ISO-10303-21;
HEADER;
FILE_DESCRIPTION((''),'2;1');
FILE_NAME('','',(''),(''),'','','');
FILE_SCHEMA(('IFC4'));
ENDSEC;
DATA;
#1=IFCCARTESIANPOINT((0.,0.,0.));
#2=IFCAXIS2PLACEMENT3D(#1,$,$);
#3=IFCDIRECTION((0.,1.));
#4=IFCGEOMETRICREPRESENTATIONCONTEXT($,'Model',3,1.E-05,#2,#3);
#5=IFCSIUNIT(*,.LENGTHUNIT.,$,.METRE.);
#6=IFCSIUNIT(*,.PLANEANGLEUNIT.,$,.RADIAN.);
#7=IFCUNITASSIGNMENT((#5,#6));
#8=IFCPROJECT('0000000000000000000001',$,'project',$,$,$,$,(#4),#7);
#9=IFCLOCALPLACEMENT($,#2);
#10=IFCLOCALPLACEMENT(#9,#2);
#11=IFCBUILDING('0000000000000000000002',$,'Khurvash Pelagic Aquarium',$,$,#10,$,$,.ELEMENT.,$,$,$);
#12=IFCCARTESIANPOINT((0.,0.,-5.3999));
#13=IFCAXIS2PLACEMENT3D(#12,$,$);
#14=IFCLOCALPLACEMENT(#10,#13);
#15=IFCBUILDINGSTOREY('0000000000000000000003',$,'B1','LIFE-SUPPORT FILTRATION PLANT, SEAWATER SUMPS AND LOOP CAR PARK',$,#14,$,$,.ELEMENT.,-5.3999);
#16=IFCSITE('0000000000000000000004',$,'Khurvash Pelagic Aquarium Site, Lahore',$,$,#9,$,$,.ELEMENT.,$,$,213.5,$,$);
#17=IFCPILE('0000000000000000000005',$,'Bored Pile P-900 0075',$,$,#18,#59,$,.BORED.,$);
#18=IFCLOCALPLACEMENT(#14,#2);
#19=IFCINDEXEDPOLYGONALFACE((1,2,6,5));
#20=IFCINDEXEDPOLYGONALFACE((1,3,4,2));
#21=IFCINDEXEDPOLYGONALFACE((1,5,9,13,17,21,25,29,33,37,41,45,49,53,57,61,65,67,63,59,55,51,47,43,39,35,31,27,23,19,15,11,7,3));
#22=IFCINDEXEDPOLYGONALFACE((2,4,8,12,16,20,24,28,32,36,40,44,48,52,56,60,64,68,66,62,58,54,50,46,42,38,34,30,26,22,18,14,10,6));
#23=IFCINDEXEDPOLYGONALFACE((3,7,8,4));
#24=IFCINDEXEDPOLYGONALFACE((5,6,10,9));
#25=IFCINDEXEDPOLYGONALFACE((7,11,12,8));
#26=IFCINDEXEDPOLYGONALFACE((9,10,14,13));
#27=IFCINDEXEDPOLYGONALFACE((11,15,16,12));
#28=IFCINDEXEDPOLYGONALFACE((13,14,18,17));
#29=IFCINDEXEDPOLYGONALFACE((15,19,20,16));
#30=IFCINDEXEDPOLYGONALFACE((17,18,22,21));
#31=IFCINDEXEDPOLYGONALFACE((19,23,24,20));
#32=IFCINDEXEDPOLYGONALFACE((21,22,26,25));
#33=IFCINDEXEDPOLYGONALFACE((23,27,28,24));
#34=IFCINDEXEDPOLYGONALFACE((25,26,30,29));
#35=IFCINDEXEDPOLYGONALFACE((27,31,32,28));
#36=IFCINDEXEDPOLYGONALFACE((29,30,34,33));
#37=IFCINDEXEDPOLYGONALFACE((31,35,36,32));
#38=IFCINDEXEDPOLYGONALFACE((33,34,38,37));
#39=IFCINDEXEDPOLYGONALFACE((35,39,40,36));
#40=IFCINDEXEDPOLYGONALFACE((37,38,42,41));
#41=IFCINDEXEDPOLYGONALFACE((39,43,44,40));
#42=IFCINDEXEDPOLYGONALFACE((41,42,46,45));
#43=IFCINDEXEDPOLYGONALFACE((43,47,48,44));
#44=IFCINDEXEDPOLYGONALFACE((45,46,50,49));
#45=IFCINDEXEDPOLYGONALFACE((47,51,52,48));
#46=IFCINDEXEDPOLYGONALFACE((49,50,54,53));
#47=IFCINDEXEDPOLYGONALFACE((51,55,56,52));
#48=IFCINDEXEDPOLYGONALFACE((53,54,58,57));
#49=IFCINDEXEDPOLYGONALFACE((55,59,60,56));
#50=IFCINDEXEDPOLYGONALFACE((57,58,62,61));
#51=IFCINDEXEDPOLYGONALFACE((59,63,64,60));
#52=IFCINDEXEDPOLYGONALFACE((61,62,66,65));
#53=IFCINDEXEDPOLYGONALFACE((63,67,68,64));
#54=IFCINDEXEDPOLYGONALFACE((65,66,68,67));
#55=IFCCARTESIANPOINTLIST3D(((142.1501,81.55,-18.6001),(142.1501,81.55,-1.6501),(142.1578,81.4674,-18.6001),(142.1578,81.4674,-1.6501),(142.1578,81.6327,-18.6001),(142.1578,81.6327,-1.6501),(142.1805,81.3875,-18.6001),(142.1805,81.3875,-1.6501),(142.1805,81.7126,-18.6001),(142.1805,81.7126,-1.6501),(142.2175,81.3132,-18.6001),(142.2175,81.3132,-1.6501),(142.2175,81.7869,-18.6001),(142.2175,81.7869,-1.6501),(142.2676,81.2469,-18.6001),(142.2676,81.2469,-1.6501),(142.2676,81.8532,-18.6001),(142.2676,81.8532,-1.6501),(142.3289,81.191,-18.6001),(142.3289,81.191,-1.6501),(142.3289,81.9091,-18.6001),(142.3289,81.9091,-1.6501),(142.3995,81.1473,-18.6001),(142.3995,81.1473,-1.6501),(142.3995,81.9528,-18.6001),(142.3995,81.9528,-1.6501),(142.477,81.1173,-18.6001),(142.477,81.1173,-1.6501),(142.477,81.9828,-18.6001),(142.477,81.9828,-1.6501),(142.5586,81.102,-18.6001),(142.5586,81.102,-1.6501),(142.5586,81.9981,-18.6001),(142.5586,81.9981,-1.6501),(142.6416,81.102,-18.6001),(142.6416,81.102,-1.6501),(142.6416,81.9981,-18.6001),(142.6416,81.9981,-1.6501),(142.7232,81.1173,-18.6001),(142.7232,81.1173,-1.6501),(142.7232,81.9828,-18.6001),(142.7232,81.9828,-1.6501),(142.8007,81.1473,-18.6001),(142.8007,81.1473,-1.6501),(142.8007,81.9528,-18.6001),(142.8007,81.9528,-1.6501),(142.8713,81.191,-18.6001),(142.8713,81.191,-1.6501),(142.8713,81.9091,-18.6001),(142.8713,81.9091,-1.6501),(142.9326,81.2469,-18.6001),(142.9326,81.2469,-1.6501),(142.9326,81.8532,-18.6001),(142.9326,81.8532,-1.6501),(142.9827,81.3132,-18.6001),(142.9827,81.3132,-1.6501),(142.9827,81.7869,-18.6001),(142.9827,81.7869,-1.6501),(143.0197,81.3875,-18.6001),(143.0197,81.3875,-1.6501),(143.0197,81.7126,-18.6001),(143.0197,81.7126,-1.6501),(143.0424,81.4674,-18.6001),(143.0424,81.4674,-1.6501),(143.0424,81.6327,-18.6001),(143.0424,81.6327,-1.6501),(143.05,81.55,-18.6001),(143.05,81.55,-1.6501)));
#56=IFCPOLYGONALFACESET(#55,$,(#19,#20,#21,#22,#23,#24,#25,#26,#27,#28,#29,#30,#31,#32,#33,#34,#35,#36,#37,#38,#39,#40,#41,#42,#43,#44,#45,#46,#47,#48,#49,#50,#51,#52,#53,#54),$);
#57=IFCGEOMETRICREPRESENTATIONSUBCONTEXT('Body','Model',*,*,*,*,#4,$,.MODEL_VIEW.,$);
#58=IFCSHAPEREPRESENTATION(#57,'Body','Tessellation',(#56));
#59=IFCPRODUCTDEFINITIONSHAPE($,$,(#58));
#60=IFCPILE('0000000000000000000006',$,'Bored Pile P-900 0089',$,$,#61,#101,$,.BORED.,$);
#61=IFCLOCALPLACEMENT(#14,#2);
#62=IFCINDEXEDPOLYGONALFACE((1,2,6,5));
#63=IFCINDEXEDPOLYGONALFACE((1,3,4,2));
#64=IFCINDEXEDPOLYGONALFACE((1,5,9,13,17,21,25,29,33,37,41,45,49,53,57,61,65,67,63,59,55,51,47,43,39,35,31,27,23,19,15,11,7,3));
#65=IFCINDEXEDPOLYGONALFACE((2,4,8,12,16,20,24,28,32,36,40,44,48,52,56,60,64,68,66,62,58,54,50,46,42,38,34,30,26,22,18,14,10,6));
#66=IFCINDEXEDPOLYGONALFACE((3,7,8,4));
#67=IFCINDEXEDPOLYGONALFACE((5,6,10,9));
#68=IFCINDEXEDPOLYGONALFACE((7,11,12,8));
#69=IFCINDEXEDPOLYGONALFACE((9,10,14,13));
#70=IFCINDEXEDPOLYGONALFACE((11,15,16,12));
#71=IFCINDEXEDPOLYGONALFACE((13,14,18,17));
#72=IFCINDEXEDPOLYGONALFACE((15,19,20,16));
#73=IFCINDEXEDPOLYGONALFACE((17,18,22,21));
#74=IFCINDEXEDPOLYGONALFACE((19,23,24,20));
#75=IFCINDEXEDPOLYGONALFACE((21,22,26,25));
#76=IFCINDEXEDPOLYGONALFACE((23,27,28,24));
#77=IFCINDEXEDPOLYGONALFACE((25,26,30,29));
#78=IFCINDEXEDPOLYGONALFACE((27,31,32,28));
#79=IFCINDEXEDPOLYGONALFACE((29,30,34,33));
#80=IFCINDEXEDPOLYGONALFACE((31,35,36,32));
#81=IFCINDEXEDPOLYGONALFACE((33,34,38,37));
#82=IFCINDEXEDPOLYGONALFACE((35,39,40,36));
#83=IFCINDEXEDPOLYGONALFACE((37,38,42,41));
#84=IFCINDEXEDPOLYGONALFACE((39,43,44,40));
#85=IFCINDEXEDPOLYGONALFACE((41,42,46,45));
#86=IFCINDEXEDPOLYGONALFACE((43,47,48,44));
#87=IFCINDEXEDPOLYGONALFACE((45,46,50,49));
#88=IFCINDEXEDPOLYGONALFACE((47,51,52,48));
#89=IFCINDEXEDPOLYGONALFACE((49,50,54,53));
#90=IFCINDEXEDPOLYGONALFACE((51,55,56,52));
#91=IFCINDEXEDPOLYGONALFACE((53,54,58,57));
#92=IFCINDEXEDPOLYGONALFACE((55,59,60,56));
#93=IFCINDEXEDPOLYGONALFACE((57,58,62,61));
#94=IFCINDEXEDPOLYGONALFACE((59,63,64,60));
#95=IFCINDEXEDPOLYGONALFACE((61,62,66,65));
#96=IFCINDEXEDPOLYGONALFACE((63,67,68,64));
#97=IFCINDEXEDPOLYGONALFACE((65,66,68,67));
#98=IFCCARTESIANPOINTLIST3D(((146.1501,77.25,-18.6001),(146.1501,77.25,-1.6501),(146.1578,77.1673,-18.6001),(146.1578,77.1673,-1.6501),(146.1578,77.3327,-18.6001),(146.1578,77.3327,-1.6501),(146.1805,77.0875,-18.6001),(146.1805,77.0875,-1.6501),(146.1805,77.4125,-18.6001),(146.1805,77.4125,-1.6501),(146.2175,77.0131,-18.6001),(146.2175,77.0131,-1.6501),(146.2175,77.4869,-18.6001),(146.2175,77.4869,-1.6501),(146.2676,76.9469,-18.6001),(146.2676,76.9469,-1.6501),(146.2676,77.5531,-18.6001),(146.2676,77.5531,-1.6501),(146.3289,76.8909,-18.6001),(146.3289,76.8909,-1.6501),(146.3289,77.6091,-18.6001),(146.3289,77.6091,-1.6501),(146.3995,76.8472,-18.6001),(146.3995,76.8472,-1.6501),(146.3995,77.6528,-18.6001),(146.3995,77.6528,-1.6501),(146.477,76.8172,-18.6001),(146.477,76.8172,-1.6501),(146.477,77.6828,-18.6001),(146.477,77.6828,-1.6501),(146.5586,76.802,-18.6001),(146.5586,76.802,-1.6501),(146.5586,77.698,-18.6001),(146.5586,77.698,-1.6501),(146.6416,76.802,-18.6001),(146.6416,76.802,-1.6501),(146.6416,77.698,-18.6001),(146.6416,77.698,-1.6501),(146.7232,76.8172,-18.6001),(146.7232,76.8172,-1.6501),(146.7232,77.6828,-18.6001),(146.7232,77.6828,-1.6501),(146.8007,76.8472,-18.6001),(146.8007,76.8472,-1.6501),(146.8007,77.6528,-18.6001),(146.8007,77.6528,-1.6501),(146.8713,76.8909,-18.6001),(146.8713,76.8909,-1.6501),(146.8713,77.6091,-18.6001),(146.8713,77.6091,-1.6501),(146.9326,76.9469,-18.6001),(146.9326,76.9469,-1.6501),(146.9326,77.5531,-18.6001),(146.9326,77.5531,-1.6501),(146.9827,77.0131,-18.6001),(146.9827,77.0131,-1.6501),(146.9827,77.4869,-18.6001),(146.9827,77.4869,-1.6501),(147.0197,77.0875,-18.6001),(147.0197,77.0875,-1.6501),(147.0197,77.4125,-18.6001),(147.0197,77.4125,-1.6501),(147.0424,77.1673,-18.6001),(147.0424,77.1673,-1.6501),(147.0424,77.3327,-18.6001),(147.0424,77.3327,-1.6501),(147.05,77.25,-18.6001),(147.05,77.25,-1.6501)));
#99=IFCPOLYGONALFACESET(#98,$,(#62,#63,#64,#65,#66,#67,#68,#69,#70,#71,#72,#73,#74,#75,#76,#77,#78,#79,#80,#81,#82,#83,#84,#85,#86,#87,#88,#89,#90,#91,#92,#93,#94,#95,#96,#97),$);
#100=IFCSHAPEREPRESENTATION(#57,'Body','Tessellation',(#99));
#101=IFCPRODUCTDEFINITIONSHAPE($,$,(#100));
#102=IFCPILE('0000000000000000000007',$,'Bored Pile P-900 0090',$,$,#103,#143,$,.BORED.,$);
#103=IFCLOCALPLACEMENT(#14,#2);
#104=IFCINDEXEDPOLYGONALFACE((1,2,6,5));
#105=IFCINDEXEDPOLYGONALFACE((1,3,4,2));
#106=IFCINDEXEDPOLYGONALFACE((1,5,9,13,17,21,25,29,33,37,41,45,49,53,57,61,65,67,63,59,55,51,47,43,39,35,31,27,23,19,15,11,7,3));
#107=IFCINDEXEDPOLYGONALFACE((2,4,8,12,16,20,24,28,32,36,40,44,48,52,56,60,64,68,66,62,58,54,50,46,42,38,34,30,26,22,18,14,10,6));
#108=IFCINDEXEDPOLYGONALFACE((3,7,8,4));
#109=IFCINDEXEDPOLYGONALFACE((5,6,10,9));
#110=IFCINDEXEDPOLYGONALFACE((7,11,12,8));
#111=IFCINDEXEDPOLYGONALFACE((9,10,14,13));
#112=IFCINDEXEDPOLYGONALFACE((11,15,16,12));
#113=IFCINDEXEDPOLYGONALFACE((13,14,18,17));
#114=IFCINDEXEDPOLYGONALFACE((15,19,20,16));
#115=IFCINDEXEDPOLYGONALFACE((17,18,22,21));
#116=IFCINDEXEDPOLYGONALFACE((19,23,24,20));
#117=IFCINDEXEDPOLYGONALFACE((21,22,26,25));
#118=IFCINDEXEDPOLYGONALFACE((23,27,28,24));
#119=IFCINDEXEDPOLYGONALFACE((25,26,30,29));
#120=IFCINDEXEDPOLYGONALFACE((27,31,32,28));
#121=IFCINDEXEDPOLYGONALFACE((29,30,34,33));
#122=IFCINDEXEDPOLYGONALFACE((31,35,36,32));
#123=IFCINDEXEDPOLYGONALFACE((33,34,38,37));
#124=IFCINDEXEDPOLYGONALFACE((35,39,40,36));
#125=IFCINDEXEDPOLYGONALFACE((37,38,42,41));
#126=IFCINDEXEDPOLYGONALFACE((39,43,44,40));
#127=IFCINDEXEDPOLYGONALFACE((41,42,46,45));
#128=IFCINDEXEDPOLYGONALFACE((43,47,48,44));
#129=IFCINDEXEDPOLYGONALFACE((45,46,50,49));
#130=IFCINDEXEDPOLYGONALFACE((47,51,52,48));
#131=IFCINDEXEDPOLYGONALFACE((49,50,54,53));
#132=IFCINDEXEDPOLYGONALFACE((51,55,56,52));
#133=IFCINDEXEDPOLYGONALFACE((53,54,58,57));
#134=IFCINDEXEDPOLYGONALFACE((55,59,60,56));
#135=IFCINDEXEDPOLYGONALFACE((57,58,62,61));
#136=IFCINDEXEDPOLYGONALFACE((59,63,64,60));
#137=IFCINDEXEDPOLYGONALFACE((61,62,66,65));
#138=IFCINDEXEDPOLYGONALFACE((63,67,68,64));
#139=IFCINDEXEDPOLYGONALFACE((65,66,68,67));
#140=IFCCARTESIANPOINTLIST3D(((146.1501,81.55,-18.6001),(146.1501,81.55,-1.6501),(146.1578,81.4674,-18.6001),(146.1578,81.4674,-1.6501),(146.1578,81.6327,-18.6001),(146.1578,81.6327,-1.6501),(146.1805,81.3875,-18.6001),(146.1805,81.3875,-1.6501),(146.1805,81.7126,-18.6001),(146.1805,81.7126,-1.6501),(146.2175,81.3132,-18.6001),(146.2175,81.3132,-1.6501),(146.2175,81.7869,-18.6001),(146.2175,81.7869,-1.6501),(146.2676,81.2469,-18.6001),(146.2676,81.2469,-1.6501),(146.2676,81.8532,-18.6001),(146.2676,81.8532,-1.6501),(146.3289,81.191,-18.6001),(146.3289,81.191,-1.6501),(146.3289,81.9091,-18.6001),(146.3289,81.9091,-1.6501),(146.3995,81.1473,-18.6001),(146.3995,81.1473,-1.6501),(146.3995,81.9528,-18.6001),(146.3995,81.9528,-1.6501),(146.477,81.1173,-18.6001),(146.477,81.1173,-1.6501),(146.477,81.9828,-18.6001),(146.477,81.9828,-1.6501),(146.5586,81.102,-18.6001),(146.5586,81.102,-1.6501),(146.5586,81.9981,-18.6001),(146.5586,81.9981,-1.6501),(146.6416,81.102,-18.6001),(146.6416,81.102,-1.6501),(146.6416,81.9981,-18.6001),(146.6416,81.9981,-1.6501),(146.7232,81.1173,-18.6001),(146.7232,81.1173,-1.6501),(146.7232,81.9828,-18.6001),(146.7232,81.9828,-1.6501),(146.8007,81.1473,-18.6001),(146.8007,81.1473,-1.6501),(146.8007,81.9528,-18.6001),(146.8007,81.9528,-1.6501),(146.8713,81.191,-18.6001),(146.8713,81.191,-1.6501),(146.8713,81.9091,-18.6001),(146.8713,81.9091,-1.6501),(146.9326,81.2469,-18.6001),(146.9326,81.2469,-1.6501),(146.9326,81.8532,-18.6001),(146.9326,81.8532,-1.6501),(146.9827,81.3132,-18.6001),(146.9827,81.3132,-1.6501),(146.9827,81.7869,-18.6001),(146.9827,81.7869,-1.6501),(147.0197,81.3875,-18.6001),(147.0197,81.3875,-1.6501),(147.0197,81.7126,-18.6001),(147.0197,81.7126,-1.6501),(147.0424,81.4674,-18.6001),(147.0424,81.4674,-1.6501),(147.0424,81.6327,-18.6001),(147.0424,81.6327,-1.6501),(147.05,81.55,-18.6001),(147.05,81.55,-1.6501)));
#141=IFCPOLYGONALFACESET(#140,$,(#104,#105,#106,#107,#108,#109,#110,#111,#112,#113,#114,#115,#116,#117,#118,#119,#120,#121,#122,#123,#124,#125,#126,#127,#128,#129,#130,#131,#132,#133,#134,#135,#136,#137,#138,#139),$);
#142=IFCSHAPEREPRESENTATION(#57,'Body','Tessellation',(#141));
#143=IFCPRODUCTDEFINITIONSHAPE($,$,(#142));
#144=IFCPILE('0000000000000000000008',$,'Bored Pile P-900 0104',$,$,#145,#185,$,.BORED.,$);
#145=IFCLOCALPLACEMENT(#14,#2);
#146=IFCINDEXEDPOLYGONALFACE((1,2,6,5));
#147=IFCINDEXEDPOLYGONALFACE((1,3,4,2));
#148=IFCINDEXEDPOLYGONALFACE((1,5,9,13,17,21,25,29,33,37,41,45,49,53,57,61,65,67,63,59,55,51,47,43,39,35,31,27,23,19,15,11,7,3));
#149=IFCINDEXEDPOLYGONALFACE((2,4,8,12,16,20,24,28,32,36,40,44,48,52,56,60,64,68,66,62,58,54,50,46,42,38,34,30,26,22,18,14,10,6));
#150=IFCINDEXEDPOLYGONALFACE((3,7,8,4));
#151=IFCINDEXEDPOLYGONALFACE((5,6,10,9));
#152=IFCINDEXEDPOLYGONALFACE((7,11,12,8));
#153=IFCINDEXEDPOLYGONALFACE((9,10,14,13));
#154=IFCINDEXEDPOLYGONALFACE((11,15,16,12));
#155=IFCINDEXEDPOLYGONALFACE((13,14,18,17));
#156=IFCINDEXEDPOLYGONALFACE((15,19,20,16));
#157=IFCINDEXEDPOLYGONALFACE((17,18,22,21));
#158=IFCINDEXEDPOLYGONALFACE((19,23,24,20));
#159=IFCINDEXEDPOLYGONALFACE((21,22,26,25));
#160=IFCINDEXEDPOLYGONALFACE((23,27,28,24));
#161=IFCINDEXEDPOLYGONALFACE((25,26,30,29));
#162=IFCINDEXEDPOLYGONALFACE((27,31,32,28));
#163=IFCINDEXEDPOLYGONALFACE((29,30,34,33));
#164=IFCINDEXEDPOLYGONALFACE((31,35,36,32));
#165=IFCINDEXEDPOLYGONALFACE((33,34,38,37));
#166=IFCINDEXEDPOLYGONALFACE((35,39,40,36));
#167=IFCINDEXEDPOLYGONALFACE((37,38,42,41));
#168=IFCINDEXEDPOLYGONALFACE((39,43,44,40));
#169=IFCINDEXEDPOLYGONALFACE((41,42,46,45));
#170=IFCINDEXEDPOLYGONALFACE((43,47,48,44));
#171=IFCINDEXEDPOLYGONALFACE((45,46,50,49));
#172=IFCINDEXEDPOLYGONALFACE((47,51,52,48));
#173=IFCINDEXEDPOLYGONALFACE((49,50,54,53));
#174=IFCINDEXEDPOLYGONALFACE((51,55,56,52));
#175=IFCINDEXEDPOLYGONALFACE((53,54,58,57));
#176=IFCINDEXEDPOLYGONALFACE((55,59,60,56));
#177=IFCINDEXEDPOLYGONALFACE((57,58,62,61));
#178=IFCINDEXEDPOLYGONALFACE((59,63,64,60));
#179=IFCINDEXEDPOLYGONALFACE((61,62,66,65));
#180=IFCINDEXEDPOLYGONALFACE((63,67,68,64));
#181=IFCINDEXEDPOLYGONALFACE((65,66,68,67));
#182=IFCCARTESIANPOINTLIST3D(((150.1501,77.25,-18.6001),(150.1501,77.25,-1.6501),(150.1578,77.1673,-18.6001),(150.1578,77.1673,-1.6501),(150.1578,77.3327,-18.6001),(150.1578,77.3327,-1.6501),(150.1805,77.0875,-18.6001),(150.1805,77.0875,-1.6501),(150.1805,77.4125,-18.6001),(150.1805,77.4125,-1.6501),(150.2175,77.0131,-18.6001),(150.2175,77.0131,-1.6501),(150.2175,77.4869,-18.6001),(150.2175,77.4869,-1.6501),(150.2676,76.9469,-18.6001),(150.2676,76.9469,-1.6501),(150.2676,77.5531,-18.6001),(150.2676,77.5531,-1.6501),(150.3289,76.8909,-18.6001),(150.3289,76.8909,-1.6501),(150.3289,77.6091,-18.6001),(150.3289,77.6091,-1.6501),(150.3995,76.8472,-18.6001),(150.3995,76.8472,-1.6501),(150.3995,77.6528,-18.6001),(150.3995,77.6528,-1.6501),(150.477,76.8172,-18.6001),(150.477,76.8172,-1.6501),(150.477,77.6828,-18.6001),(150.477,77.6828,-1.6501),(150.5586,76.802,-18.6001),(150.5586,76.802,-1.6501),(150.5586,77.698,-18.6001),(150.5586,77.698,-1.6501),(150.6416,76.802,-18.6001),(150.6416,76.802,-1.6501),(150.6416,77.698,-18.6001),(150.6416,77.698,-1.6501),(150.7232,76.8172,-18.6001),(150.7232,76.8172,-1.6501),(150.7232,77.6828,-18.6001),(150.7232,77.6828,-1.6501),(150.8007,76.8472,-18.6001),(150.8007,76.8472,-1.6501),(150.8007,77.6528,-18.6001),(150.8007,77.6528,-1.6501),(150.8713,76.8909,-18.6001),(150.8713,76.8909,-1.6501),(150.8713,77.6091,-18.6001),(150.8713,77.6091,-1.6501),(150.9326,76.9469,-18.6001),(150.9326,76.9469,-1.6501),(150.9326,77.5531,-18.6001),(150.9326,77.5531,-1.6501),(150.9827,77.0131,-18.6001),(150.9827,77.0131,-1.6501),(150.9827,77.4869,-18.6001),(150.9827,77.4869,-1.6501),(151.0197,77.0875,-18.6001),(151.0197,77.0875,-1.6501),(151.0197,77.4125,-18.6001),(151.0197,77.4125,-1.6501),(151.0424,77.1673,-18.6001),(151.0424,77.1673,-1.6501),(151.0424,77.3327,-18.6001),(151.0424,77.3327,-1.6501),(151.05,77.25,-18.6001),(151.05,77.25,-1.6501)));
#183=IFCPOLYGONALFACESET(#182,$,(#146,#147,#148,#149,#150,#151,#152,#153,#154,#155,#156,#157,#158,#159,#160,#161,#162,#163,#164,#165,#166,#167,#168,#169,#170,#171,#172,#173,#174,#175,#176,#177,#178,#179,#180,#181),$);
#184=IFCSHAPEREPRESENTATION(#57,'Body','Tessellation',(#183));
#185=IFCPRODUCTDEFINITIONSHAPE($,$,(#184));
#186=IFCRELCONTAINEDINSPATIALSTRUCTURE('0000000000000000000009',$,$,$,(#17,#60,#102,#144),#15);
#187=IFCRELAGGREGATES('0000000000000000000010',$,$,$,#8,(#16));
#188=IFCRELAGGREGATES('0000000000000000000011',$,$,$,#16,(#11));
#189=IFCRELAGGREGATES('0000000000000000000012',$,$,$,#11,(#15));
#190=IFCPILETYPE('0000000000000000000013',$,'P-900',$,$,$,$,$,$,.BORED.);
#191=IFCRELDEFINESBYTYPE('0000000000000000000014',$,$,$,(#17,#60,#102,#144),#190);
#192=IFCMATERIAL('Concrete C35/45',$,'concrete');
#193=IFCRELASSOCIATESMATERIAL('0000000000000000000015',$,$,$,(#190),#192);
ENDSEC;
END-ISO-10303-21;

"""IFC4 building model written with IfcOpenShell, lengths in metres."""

from ifc_helpers import new_model, si_unit, direction, frame, origin, origin_2d, place, context, subcontext, project, spatial, circle, extrude, material, material_profile, profile_set, type_object, element, save


model = new_model("IFC4")

# Units and contexts
model_context = context("Model", 3, precision=1e-05, world=origin(), true_north=direction((0.0, 1.0)))
body_context = subcontext(model_context, "Body", "Model", "MODEL_VIEW")
ifc_project = project(units=[si_unit("LENGTHUNIT", "METRE"), si_unit("PLANEANGLEUNIT", "RADIAN")], contexts=[model_context])

# Site, building, storey
site_placement = place(None, origin())
site = spatial("IfcSite", under=ifc_project, at=site_placement, Name="Khurvash Pelagic Aquarium Site, Lahore", CompositionType="ELEMENT", RefElevation=213.5)
building_placement = place(site_placement, origin())
building = spatial("IfcBuilding", under=site, at=building_placement, Name="Khurvash Pelagic Aquarium", CompositionType="ELEMENT")
storey_placement = place(building_placement, frame((0.0, 0.0, -5.3999)))
storey = spatial("IfcBuildingStorey", under=building, at=storey_placement, Name="B1", Description="LIFE-SUPPORT FILTRATION PLANT, SEAWATER SUMPS AND LOOP CAR PARK", CompositionType="ELEMENT", Elevation=-5.3999)

# Shared definitions
ifc_material_1 = material(Name="Concrete C35/45", Category="concrete")

# Piles
ifc_material_profile_1 = material_profile(ifc_material_1, circle(Radius=0.45, at=origin_2d()), Name="PILE900")
ifc_profile_set_1 = profile_set([ifc_material_profile_1], Name="Concrete C35/45")
pile_type_1 = type_object("IfcPileType", Name="P-900", PredefinedType="BORED", material=ifc_profile_set_1)
for number, where, z_axis, x_axis, name in (
    (1, (142.6001, 81.55, -1.6501), (0.0, 0.0, -1.0), (1.0, 0.0, 0.0), "Bored Pile P-900 0075"),
    (2, (146.6001, 77.25, -1.6501), (0.0, 0.0, -1.0), (1.0, 0.0, 0.0), "Bored Pile P-900 0089"),
    (3, (146.6001, 81.55, -1.6501), (0.0, 0.0, -1.0), (1.0, 0.0, 0.0), "Bored Pile P-900 0090"),
    (4, (150.6001, 77.25, -1.6501), (0.0, 0.0, -1.0), (1.0, 0.0, 0.0), "Bored Pile P-900 0104"),
):
    element("IfcPile", number, at=place(storey_placement, frame(where, z_axis=z_axis, x_axis=x_axis)), inside=storey, type_object=pile_type_1, Name=name, PredefinedType="BORED", context=body_context, shape_type="SweptSolid", body=[
        extrude(circle(Radius=0.45, at=origin_2d()), origin(), (0.0, 0.0, 1.0), 16.95),
    ])

save(model, "model.ifc")
